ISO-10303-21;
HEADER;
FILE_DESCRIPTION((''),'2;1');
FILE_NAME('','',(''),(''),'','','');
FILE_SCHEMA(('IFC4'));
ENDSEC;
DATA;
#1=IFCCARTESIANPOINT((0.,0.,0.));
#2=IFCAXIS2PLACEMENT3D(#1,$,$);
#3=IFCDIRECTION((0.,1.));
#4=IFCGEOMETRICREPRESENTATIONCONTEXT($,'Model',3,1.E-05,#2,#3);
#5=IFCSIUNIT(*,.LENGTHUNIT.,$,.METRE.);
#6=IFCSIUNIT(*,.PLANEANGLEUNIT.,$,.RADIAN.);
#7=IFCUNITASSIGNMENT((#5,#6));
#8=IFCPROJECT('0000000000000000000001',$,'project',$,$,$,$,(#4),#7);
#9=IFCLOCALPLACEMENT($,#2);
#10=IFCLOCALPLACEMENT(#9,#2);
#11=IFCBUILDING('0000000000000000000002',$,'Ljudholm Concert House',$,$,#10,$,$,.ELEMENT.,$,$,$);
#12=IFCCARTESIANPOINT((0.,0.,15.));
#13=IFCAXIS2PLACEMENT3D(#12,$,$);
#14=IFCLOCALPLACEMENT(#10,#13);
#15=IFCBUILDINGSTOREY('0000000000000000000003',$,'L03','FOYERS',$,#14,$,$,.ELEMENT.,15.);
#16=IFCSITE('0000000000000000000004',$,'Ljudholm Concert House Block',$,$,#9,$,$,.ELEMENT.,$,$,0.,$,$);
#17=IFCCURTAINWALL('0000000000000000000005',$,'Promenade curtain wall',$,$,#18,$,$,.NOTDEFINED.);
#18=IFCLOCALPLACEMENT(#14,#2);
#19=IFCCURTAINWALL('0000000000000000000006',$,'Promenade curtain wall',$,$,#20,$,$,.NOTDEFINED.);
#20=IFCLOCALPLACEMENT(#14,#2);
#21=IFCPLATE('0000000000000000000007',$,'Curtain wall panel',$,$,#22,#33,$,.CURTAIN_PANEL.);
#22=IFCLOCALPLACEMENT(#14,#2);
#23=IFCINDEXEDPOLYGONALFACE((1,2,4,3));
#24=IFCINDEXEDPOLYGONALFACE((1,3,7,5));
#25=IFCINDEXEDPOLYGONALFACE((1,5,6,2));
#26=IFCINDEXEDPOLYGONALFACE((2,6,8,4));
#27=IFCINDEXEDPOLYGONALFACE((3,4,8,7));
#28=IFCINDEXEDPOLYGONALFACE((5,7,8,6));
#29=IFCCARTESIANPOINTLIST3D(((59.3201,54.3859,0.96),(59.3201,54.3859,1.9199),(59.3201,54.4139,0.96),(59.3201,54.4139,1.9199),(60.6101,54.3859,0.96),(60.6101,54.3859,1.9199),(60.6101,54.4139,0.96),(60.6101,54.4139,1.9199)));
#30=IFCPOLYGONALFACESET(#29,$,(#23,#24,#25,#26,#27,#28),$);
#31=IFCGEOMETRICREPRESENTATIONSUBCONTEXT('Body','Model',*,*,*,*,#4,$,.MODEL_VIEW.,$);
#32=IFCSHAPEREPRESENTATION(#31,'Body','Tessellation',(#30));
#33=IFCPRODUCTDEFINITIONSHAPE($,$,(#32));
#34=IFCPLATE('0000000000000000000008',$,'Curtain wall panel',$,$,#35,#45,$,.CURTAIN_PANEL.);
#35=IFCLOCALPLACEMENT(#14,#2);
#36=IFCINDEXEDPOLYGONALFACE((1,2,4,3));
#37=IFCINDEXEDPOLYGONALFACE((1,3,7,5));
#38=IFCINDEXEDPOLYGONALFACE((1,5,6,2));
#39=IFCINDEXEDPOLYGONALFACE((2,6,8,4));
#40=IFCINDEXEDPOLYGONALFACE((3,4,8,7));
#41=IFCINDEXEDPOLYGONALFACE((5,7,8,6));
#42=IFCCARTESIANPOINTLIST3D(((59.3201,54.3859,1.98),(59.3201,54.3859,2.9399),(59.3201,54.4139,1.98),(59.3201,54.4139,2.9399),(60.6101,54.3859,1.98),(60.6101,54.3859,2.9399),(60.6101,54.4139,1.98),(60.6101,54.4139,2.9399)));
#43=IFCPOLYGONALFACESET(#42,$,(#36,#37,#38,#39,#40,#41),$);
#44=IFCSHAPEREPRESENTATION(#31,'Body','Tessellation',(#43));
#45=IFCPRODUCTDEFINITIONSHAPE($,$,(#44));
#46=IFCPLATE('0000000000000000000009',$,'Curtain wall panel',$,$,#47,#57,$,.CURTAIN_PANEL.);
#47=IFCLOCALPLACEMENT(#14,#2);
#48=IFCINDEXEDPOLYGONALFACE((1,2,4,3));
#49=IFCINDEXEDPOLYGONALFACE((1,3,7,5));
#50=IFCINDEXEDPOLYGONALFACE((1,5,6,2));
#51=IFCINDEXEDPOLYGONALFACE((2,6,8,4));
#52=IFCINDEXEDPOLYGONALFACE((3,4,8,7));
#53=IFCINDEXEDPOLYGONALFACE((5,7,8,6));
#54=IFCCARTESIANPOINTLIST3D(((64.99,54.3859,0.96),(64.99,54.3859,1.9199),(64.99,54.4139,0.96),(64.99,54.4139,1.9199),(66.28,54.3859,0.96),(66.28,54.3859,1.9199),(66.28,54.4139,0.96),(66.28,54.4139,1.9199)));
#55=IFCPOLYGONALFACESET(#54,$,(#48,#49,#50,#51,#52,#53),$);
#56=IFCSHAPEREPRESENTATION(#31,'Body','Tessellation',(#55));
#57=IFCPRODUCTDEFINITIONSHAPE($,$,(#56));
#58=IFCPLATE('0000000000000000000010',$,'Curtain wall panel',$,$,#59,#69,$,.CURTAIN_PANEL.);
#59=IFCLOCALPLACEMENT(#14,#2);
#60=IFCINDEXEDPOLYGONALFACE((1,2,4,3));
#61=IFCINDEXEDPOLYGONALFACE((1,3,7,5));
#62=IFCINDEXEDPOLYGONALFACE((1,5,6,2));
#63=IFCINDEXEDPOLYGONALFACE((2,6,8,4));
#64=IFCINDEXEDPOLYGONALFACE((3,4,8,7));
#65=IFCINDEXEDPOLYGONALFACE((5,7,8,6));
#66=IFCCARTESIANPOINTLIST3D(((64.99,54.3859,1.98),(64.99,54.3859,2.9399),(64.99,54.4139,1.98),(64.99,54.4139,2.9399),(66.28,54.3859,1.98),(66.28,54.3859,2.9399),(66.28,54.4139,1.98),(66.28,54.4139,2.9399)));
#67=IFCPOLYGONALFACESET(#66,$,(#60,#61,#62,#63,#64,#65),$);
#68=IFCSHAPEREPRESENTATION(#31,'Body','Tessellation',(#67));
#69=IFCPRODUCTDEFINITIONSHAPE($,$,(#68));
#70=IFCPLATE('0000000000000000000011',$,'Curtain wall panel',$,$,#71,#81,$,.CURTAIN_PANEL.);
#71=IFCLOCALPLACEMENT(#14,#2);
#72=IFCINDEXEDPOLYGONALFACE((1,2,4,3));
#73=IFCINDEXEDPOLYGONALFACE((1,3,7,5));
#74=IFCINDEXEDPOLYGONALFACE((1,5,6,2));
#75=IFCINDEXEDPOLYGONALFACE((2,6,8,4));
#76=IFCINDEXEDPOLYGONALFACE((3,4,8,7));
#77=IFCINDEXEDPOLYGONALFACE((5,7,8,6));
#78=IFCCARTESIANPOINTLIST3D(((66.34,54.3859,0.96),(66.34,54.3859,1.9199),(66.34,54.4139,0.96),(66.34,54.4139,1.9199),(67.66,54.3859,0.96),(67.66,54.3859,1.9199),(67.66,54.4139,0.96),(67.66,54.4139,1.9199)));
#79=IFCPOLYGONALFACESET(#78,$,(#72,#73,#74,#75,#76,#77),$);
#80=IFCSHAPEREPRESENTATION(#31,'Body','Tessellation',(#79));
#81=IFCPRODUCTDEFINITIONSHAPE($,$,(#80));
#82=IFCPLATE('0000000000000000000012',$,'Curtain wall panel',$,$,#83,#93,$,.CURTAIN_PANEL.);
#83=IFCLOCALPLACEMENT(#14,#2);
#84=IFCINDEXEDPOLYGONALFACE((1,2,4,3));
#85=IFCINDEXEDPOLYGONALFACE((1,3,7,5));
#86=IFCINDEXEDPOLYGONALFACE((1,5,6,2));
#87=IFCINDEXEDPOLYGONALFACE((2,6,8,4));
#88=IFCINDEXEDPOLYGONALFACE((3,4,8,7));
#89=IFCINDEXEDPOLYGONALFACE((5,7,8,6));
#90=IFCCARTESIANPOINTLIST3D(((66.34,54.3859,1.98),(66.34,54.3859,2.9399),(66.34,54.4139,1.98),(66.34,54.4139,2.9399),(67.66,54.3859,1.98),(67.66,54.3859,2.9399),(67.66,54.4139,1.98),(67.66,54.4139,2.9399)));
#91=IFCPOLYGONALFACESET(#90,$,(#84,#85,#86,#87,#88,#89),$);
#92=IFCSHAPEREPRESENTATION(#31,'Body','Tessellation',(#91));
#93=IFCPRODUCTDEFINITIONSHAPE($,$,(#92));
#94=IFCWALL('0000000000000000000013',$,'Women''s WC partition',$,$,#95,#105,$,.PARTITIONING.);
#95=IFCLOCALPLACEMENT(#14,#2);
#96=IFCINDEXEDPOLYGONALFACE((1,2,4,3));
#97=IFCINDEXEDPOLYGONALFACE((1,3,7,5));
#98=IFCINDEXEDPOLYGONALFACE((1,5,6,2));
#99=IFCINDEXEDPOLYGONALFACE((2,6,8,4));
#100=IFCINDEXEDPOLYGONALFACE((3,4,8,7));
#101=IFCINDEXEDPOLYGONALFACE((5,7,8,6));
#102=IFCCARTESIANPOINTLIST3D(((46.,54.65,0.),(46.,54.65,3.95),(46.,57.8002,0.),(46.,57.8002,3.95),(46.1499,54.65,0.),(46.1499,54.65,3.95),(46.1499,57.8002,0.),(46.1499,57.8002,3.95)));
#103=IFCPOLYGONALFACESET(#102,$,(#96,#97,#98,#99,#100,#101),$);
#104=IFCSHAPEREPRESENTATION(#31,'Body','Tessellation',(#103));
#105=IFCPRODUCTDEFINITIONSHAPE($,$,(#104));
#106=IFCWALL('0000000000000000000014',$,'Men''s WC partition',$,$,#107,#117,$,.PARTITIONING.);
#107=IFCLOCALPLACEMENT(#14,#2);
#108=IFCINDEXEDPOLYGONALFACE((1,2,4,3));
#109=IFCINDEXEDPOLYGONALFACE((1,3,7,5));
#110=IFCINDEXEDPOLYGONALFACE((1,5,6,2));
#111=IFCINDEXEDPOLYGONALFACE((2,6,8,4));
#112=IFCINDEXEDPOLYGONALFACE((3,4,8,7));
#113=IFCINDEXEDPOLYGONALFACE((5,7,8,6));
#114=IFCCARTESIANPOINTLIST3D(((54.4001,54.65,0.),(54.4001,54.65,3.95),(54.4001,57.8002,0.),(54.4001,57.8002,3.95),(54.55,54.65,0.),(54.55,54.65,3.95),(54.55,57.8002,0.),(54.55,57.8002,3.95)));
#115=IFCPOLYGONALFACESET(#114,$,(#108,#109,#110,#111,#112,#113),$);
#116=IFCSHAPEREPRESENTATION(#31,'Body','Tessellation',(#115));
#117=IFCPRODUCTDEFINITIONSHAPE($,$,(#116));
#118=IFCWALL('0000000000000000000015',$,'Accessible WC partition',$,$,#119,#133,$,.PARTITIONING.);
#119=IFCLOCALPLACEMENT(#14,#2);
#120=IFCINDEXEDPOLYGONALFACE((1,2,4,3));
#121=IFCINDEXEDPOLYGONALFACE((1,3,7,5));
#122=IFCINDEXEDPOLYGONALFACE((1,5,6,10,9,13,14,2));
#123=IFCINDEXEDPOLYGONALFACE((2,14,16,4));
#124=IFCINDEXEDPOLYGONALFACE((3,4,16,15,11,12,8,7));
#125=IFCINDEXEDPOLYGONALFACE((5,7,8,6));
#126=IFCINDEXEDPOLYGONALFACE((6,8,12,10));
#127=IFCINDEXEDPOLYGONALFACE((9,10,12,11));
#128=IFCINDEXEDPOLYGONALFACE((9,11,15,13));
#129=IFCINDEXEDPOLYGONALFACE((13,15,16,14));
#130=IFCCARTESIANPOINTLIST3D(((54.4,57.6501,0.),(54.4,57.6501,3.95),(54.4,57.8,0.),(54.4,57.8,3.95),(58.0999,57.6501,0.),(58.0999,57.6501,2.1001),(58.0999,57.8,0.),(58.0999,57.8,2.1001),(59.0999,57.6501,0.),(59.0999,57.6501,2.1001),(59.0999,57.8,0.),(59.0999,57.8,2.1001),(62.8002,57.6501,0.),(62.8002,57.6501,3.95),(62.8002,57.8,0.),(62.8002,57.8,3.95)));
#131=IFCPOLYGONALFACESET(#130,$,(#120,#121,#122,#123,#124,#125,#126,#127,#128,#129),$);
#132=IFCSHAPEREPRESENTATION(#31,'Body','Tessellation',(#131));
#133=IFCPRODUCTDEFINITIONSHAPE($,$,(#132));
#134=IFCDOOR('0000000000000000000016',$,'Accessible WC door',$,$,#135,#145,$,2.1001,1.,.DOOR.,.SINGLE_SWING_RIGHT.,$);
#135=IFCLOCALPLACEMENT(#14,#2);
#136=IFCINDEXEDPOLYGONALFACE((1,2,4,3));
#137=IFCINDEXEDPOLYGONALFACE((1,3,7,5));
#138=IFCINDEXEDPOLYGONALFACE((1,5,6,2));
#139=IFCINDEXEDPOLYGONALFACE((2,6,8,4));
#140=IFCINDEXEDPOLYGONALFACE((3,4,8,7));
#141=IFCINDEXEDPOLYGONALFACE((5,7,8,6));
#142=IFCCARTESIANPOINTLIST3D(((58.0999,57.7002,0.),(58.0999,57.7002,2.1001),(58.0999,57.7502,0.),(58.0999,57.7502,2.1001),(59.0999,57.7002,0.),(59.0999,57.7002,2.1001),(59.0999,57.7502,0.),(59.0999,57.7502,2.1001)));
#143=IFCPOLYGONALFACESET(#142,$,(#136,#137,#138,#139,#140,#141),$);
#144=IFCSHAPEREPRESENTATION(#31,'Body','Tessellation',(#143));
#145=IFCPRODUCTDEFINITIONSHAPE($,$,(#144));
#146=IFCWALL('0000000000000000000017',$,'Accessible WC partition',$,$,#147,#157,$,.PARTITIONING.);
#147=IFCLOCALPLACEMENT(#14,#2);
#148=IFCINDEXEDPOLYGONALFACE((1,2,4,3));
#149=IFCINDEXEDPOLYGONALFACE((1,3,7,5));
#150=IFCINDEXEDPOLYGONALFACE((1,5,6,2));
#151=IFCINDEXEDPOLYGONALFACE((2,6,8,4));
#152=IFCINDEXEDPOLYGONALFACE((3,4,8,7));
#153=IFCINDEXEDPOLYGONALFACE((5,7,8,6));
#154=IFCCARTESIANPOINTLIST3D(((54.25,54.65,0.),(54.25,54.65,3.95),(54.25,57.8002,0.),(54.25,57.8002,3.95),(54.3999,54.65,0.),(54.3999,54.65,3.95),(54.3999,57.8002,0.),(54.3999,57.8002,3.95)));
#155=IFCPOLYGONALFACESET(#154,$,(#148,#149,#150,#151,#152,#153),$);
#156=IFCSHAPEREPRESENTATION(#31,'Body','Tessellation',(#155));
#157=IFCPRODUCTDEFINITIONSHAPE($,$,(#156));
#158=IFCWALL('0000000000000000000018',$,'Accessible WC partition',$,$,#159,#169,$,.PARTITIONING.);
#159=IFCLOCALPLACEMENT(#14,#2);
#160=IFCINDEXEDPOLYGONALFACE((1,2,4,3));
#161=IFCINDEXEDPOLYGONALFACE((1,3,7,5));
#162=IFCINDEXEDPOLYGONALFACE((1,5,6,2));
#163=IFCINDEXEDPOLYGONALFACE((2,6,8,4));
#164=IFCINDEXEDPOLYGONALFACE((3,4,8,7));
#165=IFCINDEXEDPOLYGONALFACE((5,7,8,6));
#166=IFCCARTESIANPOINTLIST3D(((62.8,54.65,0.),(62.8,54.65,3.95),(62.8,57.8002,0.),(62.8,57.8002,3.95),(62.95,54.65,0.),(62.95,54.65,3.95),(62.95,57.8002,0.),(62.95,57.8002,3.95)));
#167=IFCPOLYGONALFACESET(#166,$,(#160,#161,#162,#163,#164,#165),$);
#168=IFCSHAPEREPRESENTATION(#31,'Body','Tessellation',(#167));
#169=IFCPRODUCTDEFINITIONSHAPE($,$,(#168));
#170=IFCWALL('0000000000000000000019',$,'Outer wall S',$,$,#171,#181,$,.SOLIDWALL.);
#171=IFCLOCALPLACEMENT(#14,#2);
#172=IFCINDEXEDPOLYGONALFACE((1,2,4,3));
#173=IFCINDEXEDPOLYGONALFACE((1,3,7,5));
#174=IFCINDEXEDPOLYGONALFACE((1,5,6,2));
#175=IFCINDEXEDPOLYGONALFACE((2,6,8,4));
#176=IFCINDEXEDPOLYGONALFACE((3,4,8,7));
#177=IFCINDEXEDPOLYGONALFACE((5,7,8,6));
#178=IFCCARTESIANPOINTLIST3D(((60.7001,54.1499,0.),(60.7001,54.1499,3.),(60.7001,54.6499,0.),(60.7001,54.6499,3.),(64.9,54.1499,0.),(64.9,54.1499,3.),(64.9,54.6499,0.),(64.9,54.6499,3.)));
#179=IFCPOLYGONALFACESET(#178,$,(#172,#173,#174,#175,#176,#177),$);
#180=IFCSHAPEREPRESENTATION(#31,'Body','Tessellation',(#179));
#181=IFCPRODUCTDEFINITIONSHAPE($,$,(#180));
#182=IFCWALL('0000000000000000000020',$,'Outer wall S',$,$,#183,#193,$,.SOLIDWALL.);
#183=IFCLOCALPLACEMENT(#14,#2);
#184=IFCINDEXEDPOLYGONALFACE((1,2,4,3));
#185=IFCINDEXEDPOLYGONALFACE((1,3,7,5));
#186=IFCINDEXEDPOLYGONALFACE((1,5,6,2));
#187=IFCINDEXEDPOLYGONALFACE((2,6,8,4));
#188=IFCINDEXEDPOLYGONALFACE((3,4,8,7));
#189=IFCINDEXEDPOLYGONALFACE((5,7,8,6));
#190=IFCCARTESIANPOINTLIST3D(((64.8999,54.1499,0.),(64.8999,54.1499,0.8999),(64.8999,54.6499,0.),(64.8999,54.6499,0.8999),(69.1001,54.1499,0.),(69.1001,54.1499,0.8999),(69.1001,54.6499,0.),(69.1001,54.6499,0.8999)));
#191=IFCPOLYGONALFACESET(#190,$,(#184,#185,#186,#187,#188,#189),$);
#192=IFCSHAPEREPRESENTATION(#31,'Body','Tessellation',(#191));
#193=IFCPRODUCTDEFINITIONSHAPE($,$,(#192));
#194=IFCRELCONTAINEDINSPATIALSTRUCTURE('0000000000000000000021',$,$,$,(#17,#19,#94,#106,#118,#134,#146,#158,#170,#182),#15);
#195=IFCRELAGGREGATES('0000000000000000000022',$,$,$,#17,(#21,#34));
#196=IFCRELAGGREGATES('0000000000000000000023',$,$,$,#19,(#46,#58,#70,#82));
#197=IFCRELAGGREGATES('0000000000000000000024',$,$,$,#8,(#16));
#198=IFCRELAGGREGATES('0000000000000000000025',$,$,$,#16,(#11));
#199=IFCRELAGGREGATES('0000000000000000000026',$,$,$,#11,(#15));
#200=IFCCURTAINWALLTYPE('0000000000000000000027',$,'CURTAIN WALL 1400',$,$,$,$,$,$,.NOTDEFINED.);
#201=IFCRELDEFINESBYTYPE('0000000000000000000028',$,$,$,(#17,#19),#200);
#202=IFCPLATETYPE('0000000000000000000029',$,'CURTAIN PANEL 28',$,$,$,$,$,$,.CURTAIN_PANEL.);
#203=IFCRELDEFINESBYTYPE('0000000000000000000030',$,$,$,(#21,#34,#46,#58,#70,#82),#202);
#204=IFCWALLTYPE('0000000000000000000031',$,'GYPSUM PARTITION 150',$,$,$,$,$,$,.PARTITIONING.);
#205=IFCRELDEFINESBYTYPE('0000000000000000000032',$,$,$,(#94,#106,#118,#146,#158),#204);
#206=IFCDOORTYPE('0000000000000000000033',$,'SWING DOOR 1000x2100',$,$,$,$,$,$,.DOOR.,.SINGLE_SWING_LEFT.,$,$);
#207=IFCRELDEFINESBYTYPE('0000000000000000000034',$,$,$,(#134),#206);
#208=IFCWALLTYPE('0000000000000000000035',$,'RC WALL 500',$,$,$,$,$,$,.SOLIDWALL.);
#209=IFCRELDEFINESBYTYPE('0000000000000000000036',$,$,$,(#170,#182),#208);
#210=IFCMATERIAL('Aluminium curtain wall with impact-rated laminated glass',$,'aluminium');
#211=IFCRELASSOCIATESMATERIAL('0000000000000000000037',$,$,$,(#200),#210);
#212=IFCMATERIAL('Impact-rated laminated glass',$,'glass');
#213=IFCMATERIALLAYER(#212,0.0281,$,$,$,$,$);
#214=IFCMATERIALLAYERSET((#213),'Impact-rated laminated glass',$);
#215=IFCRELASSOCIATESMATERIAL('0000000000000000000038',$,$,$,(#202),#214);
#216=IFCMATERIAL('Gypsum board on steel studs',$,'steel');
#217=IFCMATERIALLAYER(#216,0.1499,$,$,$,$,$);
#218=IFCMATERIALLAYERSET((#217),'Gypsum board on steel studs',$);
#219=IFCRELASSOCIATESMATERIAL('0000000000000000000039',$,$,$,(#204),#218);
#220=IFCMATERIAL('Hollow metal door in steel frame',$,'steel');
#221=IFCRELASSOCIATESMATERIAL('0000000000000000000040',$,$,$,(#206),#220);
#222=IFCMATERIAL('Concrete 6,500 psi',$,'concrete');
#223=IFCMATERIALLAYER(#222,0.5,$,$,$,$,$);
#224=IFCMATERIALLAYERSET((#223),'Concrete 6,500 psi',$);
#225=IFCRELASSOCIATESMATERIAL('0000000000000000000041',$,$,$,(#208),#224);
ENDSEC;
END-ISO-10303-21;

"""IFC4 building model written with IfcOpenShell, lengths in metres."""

from ifc_helpers import new_model, si_unit, direction, frame, frame_2d, origin, origin_2d, place, context, subcontext, project, spatial, rectangle, extrude, material, layer, layer_set, type_object, element, fill, aggregate, save


model = new_model("IFC4")

# Units and contexts
model_context = context("Model", 3, precision=1e-05, world=origin(), true_north=direction((0.0, 1.0)))
body_context = subcontext(model_context, "Body", "Model", "MODEL_VIEW")
ifc_project = project(units=[si_unit("LENGTHUNIT", "METRE"), si_unit("PLANEANGLEUNIT", "RADIAN")], contexts=[model_context])

# Site, building, storey
site_placement = place(None, origin())
site = spatial("IfcSite", under=ifc_project, at=site_placement, Name="Ljudholm Concert House Block", CompositionType="ELEMENT", RefElevation=0.0)
building_placement = place(site_placement, origin())
building = spatial("IfcBuilding", under=site, at=building_placement, Name="Ljudholm Concert House", CompositionType="ELEMENT")
storey_placement = place(building_placement, frame((0.0, 0.0, 15.0)))
storey = spatial("IfcBuildingStorey", under=building, at=storey_placement, Name="L03", Description="FOYERS", CompositionType="ELEMENT", Elevation=15.0)

# Curtain wall
ifc_material_1 = material(Name="Aluminium curtain wall with impact-rated laminated glass", Category="aluminium")
curtain_wall_type = type_object("IfcCurtainWallType", Name="CURTAIN WALL 1400", PredefinedType="NOTDEFINED", material=ifc_material_1)
curtain_wall_1_placement = place(storey_placement, origin())
curtain_wall_1 = element("IfcCurtainWall", 1, at=curtain_wall_1_placement, inside=storey, type_object=curtain_wall_type, Name="Promenade curtain wall", PredefinedType="NOTDEFINED")

# Curtain wall
curtain_wall_2_placement = place(storey_placement, origin())
curtain_wall_2 = element("IfcCurtainWall", 2, at=curtain_wall_2_placement, inside=storey, type_object=curtain_wall_type, Name="Promenade curtain wall", PredefinedType="NOTDEFINED")

# Plates
ifc_material_2 = material(Name="Impact-rated laminated glass", Category="glass")
ifc_layer_1 = layer(ifc_material_2, 0.0281)
ifc_layer_set_1 = layer_set([ifc_layer_1], Name="Impact-rated laminated glass")
plate_type = type_object("IfcPlateType", Name="CURTAIN PANEL 28", PredefinedType="CURTAIN_PANEL", material=ifc_layer_set_1)
plate_1_placement = place(storey_placement, frame((59.9651, 54.3999, 0.96), z_axis=(0.0, 0.0, 1.0), x_axis=(1.0, 0.0, 0.0)))
plate_1 = element("IfcPlate", 3, at=plate_1_placement, type_object=plate_type, Name="Curtain wall panel", PredefinedType="CURTAIN_PANEL", context=body_context, shape_type="SweptSolid", body=[
    extrude(rectangle(XDim=1.29, YDim=0.0281, at=origin_2d()), origin(), (0.0, 0.0, 1.0), 0.96),
])
plate_2_placement = place(storey_placement, frame((59.9651, 54.3999, 1.98), z_axis=(0.0, 0.0, 1.0), x_axis=(1.0, 0.0, 0.0)))
plate_2 = element("IfcPlate", 4, at=plate_2_placement, type_object=plate_type, Name="Curtain wall panel", PredefinedType="CURTAIN_PANEL", context=body_context, shape_type="SweptSolid", body=[
    extrude(rectangle(XDim=1.29, YDim=0.0281, at=origin_2d()), origin(), (0.0, 0.0, 1.0), 0.96),
])
aggregate(curtain_wall_1, [plate_1, plate_2])
plate_3_placement = place(storey_placement, frame((65.635, 54.3999, 0.96), z_axis=(0.0, 0.0, 1.0), x_axis=(1.0, 0.0, 0.0)))
plate_3 = element("IfcPlate", 5, at=plate_3_placement, type_object=plate_type, Name="Curtain wall panel", PredefinedType="CURTAIN_PANEL", context=body_context, shape_type="SweptSolid", body=[
    extrude(rectangle(XDim=1.29, YDim=0.0281, at=origin_2d()), origin(), (0.0, 0.0, 1.0), 0.96),
])
plate_4_placement = place(storey_placement, frame((65.635, 54.3999, 1.98), z_axis=(0.0, 0.0, 1.0), x_axis=(1.0, 0.0, 0.0)))
plate_4 = element("IfcPlate", 6, at=plate_4_placement, type_object=plate_type, Name="Curtain wall panel", PredefinedType="CURTAIN_PANEL", context=body_context, shape_type="SweptSolid", body=[
    extrude(rectangle(XDim=1.29, YDim=0.0281, at=origin_2d()), origin(), (0.0, 0.0, 1.0), 0.96),
])
plate_5_placement = place(storey_placement, frame((67.0, 54.3999, 0.96), z_axis=(0.0, 0.0, 1.0), x_axis=(1.0, 0.0, 0.0)))
plate_5 = element("IfcPlate", 7, at=plate_5_placement, type_object=plate_type, Name="Curtain wall panel", PredefinedType="CURTAIN_PANEL", context=body_context, shape_type="SweptSolid", body=[
    extrude(rectangle(XDim=1.3201, YDim=0.0281, at=origin_2d()), origin(), (0.0, 0.0, 1.0), 0.96),
])
plate_6_placement = place(storey_placement, frame((67.0, 54.3999, 1.98), z_axis=(0.0, 0.0, 1.0), x_axis=(1.0, 0.0, 0.0)))
plate_6 = element("IfcPlate", 8, at=plate_6_placement, type_object=plate_type, Name="Curtain wall panel", PredefinedType="CURTAIN_PANEL", context=body_context, shape_type="SweptSolid", body=[
    extrude(rectangle(XDim=1.3201, YDim=0.0281, at=origin_2d()), origin(), (0.0, 0.0, 1.0), 0.96),
])
aggregate(curtain_wall_2, [plate_3, plate_4, plate_5, plate_6])

# Walls
ifc_material_3 = material(Name="Gypsum board on steel studs", Category="steel")
ifc_layer_2 = layer(ifc_material_3, 0.1499)
ifc_layer_set_2 = layer_set([ifc_layer_2], Name="Gypsum board on steel studs")
wall_type_1 = type_object("IfcWallType", Name="GYPSUM PARTITION 150", PredefinedType="PARTITIONING", material=ifc_layer_set_2)
for number, where, z_axis, x_axis, name in (
    (9, (46.075, 54.6499, 0.0), (0.0, 0.0, 1.0), (0.0, 1.0, 0.0), "Women's WC partition"),
    (10, (54.4751, 54.6499, 0.0), (0.0, 0.0, 1.0), (0.0, 1.0, 0.0), "Men's WC partition"),
):
    element("IfcWall", number, at=place(storey_placement, frame(where, z_axis=z_axis, x_axis=x_axis)), inside=storey, type_object=wall_type_1, Name=name, PredefinedType="PARTITIONING", context=body_context, shape_type="SweptSolid", body=[
        extrude(rectangle(XDim=3.1501, YDim=0.1499, at=frame_2d((1.5752, 0.0))), origin(), (0.0, 0.0, 1.0), 3.95),
    ])

# Wall, opening, door
wall_1_placement = place(storey_placement, frame((54.3999, 57.7251, 0.0), z_axis=(0.0, 0.0, 1.0), x_axis=(1.0, 0.0, 0.0)))
wall_1 = element("IfcWall", 11, at=wall_1_placement, inside=storey, type_object=wall_type_1, Name="Accessible WC partition", PredefinedType="PARTITIONING", context=body_context, shape_type="SweptSolid", body=[
    extrude(rectangle(XDim=8.4001, YDim=0.1499, at=frame_2d((4.2002, 0.0))), origin(), (0.0, 0.0, 1.0), 3.95),
])
opening_placement = place(wall_1_placement, frame((3.7, 0.0, 0.0)))
opening = element("IfcOpeningElement", 12, at=opening_placement, cuts=wall_1, PredefinedType="OPENING", context=body_context, shape_type="SweptSolid", body=[
    extrude(rectangle(XDim=1.0, YDim=2.1001, at=frame_2d((0.5, 1.05))), frame((0.0, 0.085, 0.0), z_axis=(0.0, -1.0, 0.0), x_axis=(1.0, 0.0, 0.0)), (0.0, 0.0, 1.0), 0.1699),
])
ifc_material_4 = material(Name="Hollow metal door in steel frame", Category="steel")
door_type = type_object("IfcDoorType", Name="SWING DOOR 1000x2100", OperationType="SINGLE_SWING_LEFT", PredefinedType="DOOR", material=ifc_material_4)
door_placement = place(opening_placement, frame((1.0, 0.0, 0.0), z_axis=(0.0, 0.0, 1.0), x_axis=(-1.0, 0.0, 0.0)))
door = element("IfcDoor", 13, at=door_placement, inside=storey, type_object=door_type, Name="Accessible WC door", OperationType="SINGLE_SWING_RIGHT", OverallHeight=2.1001, OverallWidth=1.0, PredefinedType="DOOR", context=body_context, shape_type="SweptSolid", body=[
    extrude(rectangle(XDim=1.0, YDim=2.1001, at=frame_2d((0.5, 1.05))), frame((0.0, 0.0249, 0.0), z_axis=(0.0, -1.0, 0.0), x_axis=(1.0, 0.0, 0.0)), (0.0, 0.0, 1.0), 0.05),
])
fill(opening, door)

# Walls
for number, where, z_axis, x_axis, name in (
    (14, (54.325, 54.6499, 0.0), (0.0, 0.0, 1.0), (0.0, 1.0, 0.0), "Accessible WC partition"),
    (15, (62.875, 54.6499, 0.0), (0.0, 0.0, 1.0), (0.0, 1.0, 0.0), "Accessible WC partition"),
):
    element("IfcWall", number, at=place(storey_placement, frame(where, z_axis=z_axis, x_axis=x_axis)), inside=storey, type_object=wall_type_1, Name=name, PredefinedType="PARTITIONING", context=body_context, shape_type="SweptSolid", body=[
        extrude(rectangle(XDim=3.1501, YDim=0.1499, at=frame_2d((1.5752, 0.0))), origin(), (0.0, 0.0, 1.0), 3.95),
    ])
ifc_material_5 = material(Name="Concrete 6,500 psi", Category="concrete")
ifc_layer_3 = layer(ifc_material_5, 0.5)
ifc_layer_set_3 = layer_set([ifc_layer_3], Name="Concrete 6,500 psi")
wall_type_2 = type_object("IfcWallType", Name="RC WALL 500", PredefinedType="SOLIDWALL", material=ifc_layer_set_3)
wall_2_placement = place(storey_placement, frame((60.7, 54.3999, 0.0), z_axis=(0.0, 0.0, 1.0), x_axis=(1.0, 0.0, 0.0)))
element("IfcWall", 16, at=wall_2_placement, inside=storey, type_object=wall_type_2, Name="Outer wall S", PredefinedType="SOLIDWALL", context=body_context, shape_type="SweptSolid", body=[
    extrude(rectangle(XDim=4.2, YDim=0.5, at=frame_2d((2.1001, 0.0))), origin(), (0.0, 0.0, 1.0), 3.0),
])
wall_3_placement = place(storey_placement, frame((64.8999, 54.3999, 0.0), z_axis=(0.0, 0.0, 1.0), x_axis=(1.0, 0.0, 0.0)))
element("IfcWall", 17, at=wall_3_placement, inside=storey, type_object=wall_type_2, Name="Outer wall S", PredefinedType="SOLIDWALL", context=body_context, shape_type="SweptSolid", body=[
    extrude(rectangle(XDim=4.2002, YDim=0.5, at=frame_2d((2.1001, 0.0))), origin(), (0.0, 0.0, 1.0), 0.8999),
])

save(model, "model.ifc")
